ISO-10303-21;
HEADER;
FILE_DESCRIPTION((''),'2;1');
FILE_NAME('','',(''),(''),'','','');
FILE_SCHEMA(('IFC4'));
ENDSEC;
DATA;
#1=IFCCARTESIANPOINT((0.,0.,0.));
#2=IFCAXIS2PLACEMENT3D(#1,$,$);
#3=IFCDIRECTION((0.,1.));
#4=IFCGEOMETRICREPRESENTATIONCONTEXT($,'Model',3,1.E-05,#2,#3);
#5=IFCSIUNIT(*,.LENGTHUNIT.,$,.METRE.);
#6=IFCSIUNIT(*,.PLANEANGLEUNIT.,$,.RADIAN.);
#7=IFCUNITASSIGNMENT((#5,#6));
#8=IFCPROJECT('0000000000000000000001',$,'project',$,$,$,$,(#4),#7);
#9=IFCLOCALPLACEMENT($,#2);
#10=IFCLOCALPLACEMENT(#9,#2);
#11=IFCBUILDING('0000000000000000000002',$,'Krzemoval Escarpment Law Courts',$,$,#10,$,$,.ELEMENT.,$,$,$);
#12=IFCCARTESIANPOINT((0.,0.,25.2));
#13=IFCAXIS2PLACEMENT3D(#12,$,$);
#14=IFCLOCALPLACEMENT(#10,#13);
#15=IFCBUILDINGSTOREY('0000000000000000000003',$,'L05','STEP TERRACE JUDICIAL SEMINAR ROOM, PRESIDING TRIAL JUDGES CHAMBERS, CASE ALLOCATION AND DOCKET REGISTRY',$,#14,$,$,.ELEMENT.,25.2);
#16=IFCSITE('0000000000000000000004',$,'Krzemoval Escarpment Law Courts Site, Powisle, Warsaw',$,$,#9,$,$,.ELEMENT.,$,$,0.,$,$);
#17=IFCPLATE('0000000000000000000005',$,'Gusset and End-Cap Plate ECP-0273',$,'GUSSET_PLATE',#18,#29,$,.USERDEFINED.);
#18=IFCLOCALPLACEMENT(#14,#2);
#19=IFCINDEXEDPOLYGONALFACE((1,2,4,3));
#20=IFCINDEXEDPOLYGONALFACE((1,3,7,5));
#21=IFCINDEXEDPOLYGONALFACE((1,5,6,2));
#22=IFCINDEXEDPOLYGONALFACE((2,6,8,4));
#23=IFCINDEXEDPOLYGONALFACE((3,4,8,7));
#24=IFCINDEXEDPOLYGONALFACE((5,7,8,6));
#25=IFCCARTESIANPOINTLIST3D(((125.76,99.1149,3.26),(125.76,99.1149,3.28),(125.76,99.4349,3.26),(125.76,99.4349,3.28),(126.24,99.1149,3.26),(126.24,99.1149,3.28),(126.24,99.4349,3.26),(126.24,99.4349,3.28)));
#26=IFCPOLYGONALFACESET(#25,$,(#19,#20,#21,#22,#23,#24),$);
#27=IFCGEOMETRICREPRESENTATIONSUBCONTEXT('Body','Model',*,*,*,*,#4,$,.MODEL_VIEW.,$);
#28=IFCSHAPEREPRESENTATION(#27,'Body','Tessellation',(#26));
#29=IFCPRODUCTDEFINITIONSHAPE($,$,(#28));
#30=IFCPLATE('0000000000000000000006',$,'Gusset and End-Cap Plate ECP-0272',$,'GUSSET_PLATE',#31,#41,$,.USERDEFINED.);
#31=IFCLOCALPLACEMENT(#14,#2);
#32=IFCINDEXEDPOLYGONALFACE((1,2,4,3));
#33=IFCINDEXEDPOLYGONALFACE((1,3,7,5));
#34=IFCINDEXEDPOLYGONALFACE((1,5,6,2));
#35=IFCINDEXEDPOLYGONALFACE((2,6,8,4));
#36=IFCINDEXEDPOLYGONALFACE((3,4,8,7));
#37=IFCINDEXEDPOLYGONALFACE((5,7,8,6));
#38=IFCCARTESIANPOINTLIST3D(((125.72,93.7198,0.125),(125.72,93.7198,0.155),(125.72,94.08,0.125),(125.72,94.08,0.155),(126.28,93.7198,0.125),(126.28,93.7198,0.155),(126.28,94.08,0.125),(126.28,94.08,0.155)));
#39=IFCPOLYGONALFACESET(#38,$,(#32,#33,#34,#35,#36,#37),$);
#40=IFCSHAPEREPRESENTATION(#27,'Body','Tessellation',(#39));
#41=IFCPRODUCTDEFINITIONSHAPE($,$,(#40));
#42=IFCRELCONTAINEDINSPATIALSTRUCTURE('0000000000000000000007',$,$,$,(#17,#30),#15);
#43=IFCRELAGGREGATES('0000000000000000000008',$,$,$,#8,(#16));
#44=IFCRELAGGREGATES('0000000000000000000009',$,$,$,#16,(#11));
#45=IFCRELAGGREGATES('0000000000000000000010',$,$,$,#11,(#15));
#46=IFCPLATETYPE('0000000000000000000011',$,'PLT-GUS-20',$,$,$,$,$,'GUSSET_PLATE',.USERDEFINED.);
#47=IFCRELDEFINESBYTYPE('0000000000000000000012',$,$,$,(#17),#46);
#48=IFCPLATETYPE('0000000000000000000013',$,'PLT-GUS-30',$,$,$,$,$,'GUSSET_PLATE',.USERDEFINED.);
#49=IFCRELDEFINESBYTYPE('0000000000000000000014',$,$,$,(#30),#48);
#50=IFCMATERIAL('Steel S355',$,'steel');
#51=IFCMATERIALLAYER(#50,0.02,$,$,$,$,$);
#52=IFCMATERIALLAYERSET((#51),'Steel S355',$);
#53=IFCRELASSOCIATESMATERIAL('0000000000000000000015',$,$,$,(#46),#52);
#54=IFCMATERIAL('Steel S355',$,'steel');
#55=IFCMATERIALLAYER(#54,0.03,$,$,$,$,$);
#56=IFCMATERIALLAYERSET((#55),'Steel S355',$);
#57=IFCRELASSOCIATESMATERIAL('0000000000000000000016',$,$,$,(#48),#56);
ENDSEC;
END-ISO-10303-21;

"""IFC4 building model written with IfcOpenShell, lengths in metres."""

from ifc_helpers import new_model, si_unit, direction, frame, origin, origin_2d, place, context, subcontext, project, spatial, rectangle, extrude, material, layer, layer_set, type_object, element, save


model = new_model("IFC4")

# Units and contexts
model_context = context("Model", 3, precision=1e-05, world=origin(), true_north=direction((0.0, 1.0)))
body_context = subcontext(model_context, "Body", "Model", "MODEL_VIEW")
ifc_project = project(units=[si_unit("LENGTHUNIT", "METRE"), si_unit("PLANEANGLEUNIT", "RADIAN")], contexts=[model_context])

# Site, building, storey
site_placement = place(None, origin())
site = spatial("IfcSite", under=ifc_project, at=site_placement, Name="Krzemoval Escarpment Law Courts Site, Powisle, Warsaw", CompositionType="ELEMENT", RefElevation=0.0)
building_placement = place(site_placement, origin())
building = spatial("IfcBuilding", under=site, at=building_placement, Name="Krzemoval Escarpment Law Courts", CompositionType="ELEMENT")
storey_placement = place(building_placement, frame((0.0, 0.0, 25.2)))
storey = spatial("IfcBuildingStorey", under=building, at=storey_placement, Name="L05", Description="STEP TERRACE JUDICIAL SEMINAR ROOM, PRESIDING TRIAL JUDGES CHAMBERS, CASE ALLOCATION AND DOCKET REGISTRY", CompositionType="ELEMENT", Elevation=25.2)

# Plates
ifc_material_1 = material(Name="Steel S355", Category="steel")
ifc_layer_1 = layer(ifc_material_1, 0.02)
ifc_layer_set_1 = layer_set([ifc_layer_1], Name="Steel S355")
plate_type_1 = type_object("IfcPlateType", Name="PLT-GUS-20", ElementType="GUSSET_PLATE", PredefinedType="USERDEFINED", material=ifc_layer_set_1)
plate_1_placement = place(storey_placement, frame((126.0, 99.2749, 3.26), z_axis=(0.0, 0.0, 1.0), x_axis=(1.0, 0.0, 0.0)))
element("IfcPlate", 1, at=plate_1_placement, inside=storey, type_object=plate_type_1, Name="Gusset and End-Cap Plate ECP-0273", ObjectType="GUSSET_PLATE", PredefinedType="USERDEFINED", context=body_context, shape_type="SweptSolid", body=[
    extrude(rectangle(XDim=0.48, YDim=0.3201, at=origin_2d()), origin(), (0.0, 0.0, 1.0), 0.02),
])
ifc_material_2 = material(Name="Steel S355", Category="steel")
ifc_layer_2 = layer(ifc_material_2, 0.03)
ifc_layer_set_2 = layer_set([ifc_layer_2], Name="Steel S355")
plate_type_2 = type_object("IfcPlateType", Name="PLT-GUS-30", ElementType="GUSSET_PLATE", PredefinedType="USERDEFINED", material=ifc_layer_set_2)
plate_2_placement = place(storey_placement, frame((126.0, 93.8999, 0.125), z_axis=(0.0, 0.0, 1.0), x_axis=(1.0, 0.0, 0.0)))
element("IfcPlate", 2, at=plate_2_placement, inside=storey, type_object=plate_type_2, Name="Gusset and End-Cap Plate ECP-0272", ObjectType="GUSSET_PLATE", PredefinedType="USERDEFINED", context=body_context, shape_type="SweptSolid", body=[
    extrude(rectangle(XDim=0.5601, YDim=0.3601, at=origin_2d()), origin(), (0.0, 0.0, 1.0), 0.03),
])

save(model, "model.ifc")
